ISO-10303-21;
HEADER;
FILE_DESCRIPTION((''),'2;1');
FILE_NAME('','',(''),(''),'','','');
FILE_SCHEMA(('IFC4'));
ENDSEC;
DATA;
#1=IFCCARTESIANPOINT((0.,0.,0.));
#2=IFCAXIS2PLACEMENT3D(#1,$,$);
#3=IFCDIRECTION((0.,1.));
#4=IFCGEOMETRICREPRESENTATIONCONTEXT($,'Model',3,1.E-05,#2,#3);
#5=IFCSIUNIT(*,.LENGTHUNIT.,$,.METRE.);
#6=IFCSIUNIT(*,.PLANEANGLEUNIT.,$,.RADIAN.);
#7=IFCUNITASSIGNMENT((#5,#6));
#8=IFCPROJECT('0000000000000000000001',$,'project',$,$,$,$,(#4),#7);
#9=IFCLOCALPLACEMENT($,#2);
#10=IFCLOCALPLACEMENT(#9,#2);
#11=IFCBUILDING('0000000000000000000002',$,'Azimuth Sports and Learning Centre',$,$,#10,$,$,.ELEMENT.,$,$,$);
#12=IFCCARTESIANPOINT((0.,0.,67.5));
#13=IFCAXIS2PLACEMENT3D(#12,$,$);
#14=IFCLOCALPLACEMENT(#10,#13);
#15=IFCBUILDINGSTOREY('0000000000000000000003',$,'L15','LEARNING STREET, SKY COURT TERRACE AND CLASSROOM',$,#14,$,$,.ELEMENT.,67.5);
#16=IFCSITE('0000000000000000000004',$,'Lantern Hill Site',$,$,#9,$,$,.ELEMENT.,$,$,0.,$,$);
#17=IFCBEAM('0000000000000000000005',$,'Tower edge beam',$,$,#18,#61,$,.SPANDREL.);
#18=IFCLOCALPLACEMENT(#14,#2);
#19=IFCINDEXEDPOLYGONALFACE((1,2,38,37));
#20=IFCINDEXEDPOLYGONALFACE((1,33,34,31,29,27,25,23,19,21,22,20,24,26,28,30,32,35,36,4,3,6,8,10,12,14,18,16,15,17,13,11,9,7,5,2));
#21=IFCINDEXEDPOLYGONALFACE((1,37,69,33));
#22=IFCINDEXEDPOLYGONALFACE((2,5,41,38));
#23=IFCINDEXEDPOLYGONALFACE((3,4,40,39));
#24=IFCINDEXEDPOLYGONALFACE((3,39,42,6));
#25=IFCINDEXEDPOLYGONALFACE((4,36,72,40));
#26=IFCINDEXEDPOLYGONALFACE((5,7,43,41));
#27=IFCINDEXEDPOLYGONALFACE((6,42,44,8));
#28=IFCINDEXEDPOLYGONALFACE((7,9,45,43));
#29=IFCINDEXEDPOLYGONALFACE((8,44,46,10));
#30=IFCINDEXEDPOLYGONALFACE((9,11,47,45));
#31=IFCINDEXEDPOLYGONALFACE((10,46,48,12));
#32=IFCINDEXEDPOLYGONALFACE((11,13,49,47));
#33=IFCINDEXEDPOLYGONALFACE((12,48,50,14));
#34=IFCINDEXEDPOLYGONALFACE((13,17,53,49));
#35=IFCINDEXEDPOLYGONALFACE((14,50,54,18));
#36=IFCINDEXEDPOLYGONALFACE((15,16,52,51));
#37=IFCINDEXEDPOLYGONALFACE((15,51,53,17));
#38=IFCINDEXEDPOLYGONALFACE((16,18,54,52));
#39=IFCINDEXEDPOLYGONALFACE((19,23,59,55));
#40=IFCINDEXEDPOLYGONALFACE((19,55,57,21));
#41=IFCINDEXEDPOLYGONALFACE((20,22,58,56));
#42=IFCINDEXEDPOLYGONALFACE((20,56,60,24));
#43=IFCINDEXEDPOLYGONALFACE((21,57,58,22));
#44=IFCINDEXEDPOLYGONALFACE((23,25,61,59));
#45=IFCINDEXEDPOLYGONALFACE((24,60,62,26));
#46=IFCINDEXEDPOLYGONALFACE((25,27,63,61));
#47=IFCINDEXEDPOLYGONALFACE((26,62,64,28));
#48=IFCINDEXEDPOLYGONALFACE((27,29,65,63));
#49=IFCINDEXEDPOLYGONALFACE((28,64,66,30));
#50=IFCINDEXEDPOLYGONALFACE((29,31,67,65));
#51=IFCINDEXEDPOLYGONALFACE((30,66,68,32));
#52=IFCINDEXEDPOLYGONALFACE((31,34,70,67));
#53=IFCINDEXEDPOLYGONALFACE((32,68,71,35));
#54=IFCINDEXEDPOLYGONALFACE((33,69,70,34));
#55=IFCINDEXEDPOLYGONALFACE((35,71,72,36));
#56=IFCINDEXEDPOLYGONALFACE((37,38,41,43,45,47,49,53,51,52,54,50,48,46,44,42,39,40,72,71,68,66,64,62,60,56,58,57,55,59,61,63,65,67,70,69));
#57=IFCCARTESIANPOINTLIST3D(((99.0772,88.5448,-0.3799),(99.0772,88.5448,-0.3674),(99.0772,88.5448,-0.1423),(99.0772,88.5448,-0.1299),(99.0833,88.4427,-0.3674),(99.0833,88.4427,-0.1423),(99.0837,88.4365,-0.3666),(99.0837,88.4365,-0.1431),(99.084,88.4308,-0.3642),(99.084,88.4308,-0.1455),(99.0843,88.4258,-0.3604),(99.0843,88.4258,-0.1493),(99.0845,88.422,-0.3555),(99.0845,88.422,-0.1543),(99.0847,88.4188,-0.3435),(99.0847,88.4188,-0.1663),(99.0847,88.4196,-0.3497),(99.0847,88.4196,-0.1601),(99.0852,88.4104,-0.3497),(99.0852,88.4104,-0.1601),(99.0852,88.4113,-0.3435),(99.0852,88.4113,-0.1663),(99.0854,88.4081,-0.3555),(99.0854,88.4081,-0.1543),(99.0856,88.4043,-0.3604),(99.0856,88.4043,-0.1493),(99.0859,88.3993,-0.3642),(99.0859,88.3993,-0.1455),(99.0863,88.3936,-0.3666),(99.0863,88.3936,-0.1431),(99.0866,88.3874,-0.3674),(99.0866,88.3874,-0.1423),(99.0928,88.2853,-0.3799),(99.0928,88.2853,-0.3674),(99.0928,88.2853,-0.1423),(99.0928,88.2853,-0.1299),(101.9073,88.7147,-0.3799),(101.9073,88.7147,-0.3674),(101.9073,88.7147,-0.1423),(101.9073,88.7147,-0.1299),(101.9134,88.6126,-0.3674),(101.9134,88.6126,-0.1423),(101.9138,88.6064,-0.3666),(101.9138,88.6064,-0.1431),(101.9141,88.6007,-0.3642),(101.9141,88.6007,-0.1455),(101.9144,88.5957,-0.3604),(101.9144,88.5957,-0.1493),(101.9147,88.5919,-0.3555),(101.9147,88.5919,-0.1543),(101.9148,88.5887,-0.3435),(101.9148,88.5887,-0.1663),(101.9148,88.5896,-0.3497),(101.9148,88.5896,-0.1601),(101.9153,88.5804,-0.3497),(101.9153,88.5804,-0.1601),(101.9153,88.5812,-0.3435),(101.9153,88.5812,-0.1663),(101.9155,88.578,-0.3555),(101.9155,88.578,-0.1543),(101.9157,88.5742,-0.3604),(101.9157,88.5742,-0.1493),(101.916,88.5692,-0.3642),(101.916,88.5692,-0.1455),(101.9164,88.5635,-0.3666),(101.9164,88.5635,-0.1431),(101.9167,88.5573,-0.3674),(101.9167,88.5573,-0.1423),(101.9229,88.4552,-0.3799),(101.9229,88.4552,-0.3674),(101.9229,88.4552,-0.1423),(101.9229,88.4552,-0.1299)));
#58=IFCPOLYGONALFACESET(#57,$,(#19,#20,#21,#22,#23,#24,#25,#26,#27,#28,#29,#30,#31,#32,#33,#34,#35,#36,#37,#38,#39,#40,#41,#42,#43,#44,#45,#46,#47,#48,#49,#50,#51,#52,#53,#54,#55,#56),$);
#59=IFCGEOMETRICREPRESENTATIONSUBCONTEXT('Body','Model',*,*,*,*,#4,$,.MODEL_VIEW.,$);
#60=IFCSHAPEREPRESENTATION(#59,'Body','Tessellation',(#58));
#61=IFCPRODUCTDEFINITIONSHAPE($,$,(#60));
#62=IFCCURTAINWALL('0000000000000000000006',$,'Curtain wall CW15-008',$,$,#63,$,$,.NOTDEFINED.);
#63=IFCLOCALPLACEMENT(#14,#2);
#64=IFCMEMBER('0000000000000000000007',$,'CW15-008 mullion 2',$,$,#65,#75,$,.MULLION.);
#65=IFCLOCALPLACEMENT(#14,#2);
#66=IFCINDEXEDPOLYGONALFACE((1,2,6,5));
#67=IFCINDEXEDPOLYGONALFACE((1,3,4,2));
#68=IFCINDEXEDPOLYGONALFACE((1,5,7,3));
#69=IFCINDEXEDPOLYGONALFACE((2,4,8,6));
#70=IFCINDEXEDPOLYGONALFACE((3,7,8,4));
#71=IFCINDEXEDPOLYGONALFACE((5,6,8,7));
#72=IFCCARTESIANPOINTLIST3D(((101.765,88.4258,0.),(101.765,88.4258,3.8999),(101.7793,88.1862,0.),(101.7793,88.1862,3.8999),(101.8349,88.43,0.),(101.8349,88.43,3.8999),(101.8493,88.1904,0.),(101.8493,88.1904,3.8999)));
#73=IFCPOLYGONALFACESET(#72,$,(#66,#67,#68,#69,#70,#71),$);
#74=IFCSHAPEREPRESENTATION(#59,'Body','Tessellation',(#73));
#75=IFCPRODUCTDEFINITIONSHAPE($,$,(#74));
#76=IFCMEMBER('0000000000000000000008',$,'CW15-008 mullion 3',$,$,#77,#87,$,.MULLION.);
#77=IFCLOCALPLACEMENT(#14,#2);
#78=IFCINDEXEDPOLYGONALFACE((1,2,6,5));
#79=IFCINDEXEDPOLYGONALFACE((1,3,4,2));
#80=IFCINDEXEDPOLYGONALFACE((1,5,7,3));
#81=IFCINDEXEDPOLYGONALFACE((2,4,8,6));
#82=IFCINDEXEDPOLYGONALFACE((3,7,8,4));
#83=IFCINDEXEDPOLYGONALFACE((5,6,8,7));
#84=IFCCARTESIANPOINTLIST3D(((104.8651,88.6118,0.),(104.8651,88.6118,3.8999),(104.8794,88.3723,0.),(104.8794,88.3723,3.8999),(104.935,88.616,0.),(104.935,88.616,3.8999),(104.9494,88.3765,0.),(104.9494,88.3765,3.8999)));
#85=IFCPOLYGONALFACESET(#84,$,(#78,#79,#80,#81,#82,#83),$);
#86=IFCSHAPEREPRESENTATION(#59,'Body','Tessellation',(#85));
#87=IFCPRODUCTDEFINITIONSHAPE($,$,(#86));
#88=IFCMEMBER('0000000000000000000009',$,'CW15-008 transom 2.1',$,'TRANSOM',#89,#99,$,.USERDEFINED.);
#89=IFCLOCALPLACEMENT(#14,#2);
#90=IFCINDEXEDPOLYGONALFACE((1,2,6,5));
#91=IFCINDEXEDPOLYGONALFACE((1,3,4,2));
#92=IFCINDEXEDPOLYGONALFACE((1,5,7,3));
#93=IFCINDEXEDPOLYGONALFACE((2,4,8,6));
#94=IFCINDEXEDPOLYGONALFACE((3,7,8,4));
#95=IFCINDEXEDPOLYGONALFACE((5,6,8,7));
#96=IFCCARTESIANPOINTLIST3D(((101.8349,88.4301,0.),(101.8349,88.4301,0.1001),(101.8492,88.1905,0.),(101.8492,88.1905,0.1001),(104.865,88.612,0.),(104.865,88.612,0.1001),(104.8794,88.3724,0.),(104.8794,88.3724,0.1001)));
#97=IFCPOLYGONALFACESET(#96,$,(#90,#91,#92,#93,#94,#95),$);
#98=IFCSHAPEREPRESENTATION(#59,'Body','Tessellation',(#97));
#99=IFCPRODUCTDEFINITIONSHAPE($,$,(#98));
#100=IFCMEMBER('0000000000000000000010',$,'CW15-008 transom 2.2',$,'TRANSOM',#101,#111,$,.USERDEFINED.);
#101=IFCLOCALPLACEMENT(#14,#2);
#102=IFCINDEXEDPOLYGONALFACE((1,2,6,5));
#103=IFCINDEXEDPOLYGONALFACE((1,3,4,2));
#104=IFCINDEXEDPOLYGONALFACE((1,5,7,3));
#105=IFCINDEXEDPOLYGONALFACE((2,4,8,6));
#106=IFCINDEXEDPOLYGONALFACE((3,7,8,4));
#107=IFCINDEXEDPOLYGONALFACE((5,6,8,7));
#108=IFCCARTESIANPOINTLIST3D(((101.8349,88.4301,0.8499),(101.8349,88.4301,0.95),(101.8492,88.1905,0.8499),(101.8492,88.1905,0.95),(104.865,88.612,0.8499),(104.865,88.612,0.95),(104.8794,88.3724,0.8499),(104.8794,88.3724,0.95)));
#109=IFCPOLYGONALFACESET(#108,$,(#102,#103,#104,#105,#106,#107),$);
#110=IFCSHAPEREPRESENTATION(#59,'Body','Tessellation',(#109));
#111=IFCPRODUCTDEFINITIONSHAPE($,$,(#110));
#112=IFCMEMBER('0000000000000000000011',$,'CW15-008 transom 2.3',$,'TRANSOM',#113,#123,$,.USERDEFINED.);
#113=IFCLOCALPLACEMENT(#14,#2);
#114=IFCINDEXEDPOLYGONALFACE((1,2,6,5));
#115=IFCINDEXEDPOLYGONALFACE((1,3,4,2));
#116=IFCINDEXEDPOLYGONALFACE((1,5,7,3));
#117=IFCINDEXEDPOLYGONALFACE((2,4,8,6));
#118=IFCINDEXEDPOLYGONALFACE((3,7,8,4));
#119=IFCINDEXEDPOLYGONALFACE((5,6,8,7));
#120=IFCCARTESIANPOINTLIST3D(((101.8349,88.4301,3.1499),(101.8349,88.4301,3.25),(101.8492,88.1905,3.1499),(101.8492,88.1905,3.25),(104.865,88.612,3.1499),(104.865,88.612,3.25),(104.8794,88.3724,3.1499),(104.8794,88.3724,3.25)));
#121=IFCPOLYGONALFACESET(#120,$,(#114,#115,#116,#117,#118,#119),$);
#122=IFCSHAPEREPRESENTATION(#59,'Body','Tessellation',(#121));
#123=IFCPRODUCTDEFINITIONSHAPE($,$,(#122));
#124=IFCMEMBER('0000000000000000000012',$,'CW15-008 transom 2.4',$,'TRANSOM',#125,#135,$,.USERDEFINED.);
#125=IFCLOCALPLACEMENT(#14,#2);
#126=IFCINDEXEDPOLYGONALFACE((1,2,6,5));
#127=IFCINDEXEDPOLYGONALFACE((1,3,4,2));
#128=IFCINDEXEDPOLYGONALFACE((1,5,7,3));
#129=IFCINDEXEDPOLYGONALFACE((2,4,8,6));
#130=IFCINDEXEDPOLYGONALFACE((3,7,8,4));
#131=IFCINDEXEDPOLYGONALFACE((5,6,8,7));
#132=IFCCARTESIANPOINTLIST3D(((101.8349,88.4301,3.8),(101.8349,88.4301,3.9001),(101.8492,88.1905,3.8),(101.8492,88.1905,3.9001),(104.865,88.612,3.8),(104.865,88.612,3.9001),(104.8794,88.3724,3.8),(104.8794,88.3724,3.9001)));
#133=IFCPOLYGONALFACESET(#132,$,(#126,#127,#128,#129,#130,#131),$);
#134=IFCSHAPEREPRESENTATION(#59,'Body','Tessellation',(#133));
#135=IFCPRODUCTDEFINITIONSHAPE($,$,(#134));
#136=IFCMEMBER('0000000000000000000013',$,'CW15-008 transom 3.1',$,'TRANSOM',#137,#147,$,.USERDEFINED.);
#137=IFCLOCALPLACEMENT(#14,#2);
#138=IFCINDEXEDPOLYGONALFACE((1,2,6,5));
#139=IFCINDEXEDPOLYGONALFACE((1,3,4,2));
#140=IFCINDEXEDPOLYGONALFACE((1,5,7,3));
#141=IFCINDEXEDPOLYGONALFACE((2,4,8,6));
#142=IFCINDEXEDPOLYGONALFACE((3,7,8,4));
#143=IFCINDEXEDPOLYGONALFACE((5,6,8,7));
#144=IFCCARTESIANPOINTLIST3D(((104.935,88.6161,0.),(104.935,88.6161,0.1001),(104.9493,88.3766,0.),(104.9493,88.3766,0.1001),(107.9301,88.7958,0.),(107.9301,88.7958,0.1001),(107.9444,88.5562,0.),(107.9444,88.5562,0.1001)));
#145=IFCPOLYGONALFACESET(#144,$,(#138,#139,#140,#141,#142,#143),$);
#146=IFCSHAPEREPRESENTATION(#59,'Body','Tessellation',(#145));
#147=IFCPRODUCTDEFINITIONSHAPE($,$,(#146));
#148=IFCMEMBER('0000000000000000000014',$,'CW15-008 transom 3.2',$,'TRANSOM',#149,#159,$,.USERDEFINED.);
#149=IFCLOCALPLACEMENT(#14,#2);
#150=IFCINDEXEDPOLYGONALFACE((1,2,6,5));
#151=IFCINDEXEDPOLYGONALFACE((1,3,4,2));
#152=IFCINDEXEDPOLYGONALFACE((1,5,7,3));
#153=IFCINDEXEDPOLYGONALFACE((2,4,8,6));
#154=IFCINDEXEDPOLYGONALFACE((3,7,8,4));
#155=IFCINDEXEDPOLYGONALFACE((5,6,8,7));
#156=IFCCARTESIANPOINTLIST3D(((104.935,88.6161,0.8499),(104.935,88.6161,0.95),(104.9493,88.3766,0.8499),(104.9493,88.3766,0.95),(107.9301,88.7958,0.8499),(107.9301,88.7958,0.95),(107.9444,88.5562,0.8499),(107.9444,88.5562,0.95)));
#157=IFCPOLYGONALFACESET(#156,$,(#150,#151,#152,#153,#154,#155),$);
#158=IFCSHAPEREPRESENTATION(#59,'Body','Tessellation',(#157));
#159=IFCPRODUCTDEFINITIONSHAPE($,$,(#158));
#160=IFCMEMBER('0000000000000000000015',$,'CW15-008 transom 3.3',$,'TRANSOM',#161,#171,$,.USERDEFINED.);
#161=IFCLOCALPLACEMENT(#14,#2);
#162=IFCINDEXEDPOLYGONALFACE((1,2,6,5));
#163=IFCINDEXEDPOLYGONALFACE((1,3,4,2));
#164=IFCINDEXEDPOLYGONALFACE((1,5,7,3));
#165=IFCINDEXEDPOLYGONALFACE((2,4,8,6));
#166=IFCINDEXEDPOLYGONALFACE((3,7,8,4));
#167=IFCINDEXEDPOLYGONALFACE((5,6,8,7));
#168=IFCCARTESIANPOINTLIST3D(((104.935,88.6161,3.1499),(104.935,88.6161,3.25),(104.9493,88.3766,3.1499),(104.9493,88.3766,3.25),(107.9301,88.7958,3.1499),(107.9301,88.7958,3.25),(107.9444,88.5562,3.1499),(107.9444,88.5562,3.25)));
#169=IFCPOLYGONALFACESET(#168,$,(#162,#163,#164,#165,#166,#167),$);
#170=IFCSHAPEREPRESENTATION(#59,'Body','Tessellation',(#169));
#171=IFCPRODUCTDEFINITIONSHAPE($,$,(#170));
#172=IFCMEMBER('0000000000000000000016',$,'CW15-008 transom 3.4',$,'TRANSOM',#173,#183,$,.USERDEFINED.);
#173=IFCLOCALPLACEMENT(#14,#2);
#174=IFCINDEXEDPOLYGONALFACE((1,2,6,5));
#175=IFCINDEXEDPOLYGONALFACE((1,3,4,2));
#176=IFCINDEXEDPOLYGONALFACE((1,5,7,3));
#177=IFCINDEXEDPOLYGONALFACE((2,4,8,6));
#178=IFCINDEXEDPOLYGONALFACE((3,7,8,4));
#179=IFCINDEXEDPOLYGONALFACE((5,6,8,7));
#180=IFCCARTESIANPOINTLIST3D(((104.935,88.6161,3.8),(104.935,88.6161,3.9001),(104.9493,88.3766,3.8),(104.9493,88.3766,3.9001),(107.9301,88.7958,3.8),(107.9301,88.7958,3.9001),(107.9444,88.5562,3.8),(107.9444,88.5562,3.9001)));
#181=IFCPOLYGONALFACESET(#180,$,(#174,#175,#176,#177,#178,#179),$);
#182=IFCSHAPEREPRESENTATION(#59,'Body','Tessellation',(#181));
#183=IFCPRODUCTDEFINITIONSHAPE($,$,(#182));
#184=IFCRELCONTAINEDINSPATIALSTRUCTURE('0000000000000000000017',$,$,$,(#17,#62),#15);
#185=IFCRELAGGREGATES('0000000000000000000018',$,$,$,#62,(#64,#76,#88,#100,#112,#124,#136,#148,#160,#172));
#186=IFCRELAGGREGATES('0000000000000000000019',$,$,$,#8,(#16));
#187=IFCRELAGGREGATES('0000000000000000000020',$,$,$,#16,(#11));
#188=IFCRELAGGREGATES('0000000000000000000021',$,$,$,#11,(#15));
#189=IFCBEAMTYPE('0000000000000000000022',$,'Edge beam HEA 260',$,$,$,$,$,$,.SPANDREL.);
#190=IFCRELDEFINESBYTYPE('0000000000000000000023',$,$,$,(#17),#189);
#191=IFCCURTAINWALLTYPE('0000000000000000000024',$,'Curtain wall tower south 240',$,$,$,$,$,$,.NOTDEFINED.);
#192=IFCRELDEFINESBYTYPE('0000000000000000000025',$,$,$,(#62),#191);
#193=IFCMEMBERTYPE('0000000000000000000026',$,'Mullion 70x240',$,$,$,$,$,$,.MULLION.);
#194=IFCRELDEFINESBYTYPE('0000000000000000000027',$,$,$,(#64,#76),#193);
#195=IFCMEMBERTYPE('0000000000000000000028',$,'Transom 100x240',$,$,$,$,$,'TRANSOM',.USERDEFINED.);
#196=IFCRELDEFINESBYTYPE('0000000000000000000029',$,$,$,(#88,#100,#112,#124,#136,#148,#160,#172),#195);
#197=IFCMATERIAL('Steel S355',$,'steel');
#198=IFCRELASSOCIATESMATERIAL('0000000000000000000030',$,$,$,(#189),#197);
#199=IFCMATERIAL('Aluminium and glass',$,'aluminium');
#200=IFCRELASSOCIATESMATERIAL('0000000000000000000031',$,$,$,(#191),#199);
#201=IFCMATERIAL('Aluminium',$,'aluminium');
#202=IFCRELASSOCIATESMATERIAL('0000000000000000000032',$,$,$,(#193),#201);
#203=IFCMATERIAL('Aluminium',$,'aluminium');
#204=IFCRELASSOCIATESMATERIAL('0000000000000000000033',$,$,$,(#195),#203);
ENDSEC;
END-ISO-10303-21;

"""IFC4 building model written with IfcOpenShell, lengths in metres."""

from ifc_helpers import new_model, si_unit, direction, frame, origin, origin_2d, place, context, subcontext, project, spatial, rectangle, i_section, extrude, material, material_profile, profile_set, type_object, element, aggregate, save


model = new_model("IFC4")

# Units and contexts
model_context = context("Model", 3, precision=1e-05, world=origin(), true_north=direction((0.0, 1.0)))
body_context = subcontext(model_context, "Body", "Model", "MODEL_VIEW")
ifc_project = project(units=[si_unit("LENGTHUNIT", "METRE"), si_unit("PLANEANGLEUNIT", "RADIAN")], contexts=[model_context])

# Site, building, storey
site_placement = place(None, origin())
site = spatial("IfcSite", under=ifc_project, at=site_placement, Name="Lantern Hill Site", CompositionType="ELEMENT", RefElevation=0.0)
building_placement = place(site_placement, origin())
building = spatial("IfcBuilding", under=site, at=building_placement, Name="Azimuth Sports and Learning Centre", CompositionType="ELEMENT")
storey_placement = place(building_placement, frame((0.0, 0.0, 67.5)))
storey = spatial("IfcBuildingStorey", under=building, at=storey_placement, Name="L15", Description="LEARNING STREET, SKY COURT TERRACE AND CLASSROOM", CompositionType="ELEMENT", Elevation=67.5)

# Beam
ifc_material_1 = material(Name="Steel S355", Category="steel")
ifc_material_profile_1 = material_profile(ifc_material_1, i_section(OverallWidth=0.26, OverallDepth=0.25, WebThickness=0.0076, FlangeThickness=0.0125, FilletRadius=0.0239, at=origin_2d()), Name="HEA 260")
ifc_profile_set_1 = profile_set([ifc_material_profile_1], Name="Steel S355")
beam_type = type_object("IfcBeamType", Name="Edge beam HEA 260", PredefinedType="SPANDREL", material=ifc_profile_set_1)
beam_placement = place(storey_placement, frame((99.085, 88.415, -0.2549), z_axis=(0.998202, 0.059933, 0.0), x_axis=(-0.059933, 0.998202, 0.0)))
element("IfcBeam", 1, at=beam_placement, inside=storey, type_object=beam_type, Name="Tower edge beam", PredefinedType="SPANDREL", context=body_context, shape_type="SweptSolid", body=[
    extrude(i_section(OverallWidth=0.26, OverallDepth=0.25, WebThickness=0.0076, FlangeThickness=0.0125, FilletRadius=0.0239, at=origin_2d()), origin(), (0.0, 0.0, 1.0), 2.8352),
])

# Curtain wall, members
ifc_material_2 = material(Name="Aluminium and glass", Category="aluminium")
curtain_wall_type = type_object("IfcCurtainWallType", Name="Curtain wall tower south 240", PredefinedType="NOTDEFINED", material=ifc_material_2)
curtain_wall_placement = place(storey_placement, origin())
curtain_wall = element("IfcCurtainWall", 2, at=curtain_wall_placement, inside=storey, type_object=curtain_wall_type, Name="Curtain wall CW15-008", PredefinedType="NOTDEFINED")
ifc_material_3 = material(Name="Aluminium", Category="aluminium")
ifc_material_profile_2 = material_profile(ifc_material_3, rectangle(XDim=0.24, YDim=0.0701, at=origin_2d()), Name="Mullion 70x240")
ifc_profile_set_2 = profile_set([ifc_material_profile_2], Name="Aluminium")
member_type_1 = type_object("IfcMemberType", Name="Mullion 70x240", PredefinedType="MULLION", material=ifc_profile_set_2)
member_1_placement = place(storey_placement, frame((101.8071, 88.3081, 0.0), z_axis=(0.0, 0.0, 1.0), x_axis=(-0.059892, 0.998205, 0.0)))
member_1 = element("IfcMember", 3, at=member_1_placement, type_object=member_type_1, Name="CW15-008 mullion 2", PredefinedType="MULLION", context=body_context, shape_type="SweptSolid", body=[
    extrude(rectangle(XDim=0.24, YDim=0.0701, at=origin_2d()), origin(), (0.0, 0.0, 1.0), 3.8999),
])
member_2_placement = place(storey_placement, frame((104.9072, 88.4941, 0.0), z_axis=(0.0, 0.0, 1.0), x_axis=(-0.059892, 0.998205, 0.0)))
member_2 = element("IfcMember", 4, at=member_2_placement, type_object=member_type_1, Name="CW15-008 mullion 3", PredefinedType="MULLION", context=body_context, shape_type="SweptSolid", body=[
    extrude(rectangle(XDim=0.24, YDim=0.0701, at=origin_2d()), origin(), (0.0, 0.0, 1.0), 3.8999),
])
ifc_material_4 = material(Name="Aluminium", Category="aluminium")
ifc_material_profile_3 = material_profile(ifc_material_4, rectangle(XDim=0.24, YDim=0.1001, at=origin_2d()), Name="Transom 100x240")
ifc_profile_set_3 = profile_set([ifc_material_profile_3], Name="Aluminium")
member_type_2 = type_object("IfcMemberType", Name="Transom 100x240", ElementType="TRANSOM", PredefinedType="USERDEFINED", material=ifc_profile_set_3)
member_3_placement = place(storey_placement, frame((101.842, 88.3103, 0.05), z_axis=(0.998203, 0.059915, 0.0), x_axis=(-0.059915, 0.998203, 0.0)))
member_3 = element("IfcMember", 5, at=member_3_placement, type_object=member_type_2, Name="CW15-008 transom 2.1", ObjectType="TRANSOM", PredefinedType="USERDEFINED", context=body_context, shape_type="SweptSolid", body=[
    extrude(rectangle(XDim=0.24, YDim=0.1001, at=origin_2d()), origin(), (0.0, 0.0, 1.0), 3.0356),
])
member_4_placement = place(storey_placement, frame((101.842, 88.3103, 0.8999), z_axis=(0.998203, 0.059915, 0.0), x_axis=(-0.059915, 0.998203, 0.0)))
member_4 = element("IfcMember", 6, at=member_4_placement, type_object=member_type_2, Name="CW15-008 transom 2.2", ObjectType="TRANSOM", PredefinedType="USERDEFINED", context=body_context, shape_type="SweptSolid", body=[
    extrude(rectangle(XDim=0.24, YDim=0.1001, at=origin_2d()), origin(), (0.0, 0.0, 1.0), 3.0356),
])
member_5_placement = place(storey_placement, frame((101.842, 88.3103, 3.2), z_axis=(0.998203, 0.059915, 0.0), x_axis=(-0.059915, 0.998203, 0.0)))
member_5 = element("IfcMember", 7, at=member_5_placement, type_object=member_type_2, Name="CW15-008 transom 2.3", ObjectType="TRANSOM", PredefinedType="USERDEFINED", context=body_context, shape_type="SweptSolid", body=[
    extrude(rectangle(XDim=0.24, YDim=0.1001, at=origin_2d()), origin(), (0.0, 0.0, 1.0), 3.0356),
])
member_6_placement = place(storey_placement, frame((101.842, 88.3103, 3.8501), z_axis=(0.998203, 0.059915, 0.0), x_axis=(-0.059915, 0.998203, 0.0)))
member_6 = element("IfcMember", 8, at=member_6_placement, type_object=member_type_2, Name="CW15-008 transom 2.4", ObjectType="TRANSOM", PredefinedType="USERDEFINED", context=body_context, shape_type="SweptSolid", body=[
    extrude(rectangle(XDim=0.24, YDim=0.1001, at=origin_2d()), origin(), (0.0, 0.0, 1.0), 3.0356),
])
member_7_placement = place(storey_placement, frame((104.9421, 88.4963, 0.05), z_axis=(0.998205, 0.059886, 0.0), x_axis=(-0.059886, 0.998205, 0.0)))
member_7 = element("IfcMember", 9, at=member_7_placement, type_object=member_type_2, Name="CW15-008 transom 3.1", ObjectType="TRANSOM", PredefinedType="USERDEFINED", context=body_context, shape_type="SweptSolid", body=[
    extrude(rectangle(XDim=0.24, YDim=0.1001, at=origin_2d()), origin(), (0.0, 0.0, 1.0), 3.0005),
])
member_8_placement = place(storey_placement, frame((104.9421, 88.4963, 0.8999), z_axis=(0.998205, 0.059886, 0.0), x_axis=(-0.059886, 0.998205, 0.0)))
member_8 = element("IfcMember", 10, at=member_8_placement, type_object=member_type_2, Name="CW15-008 transom 3.2", ObjectType="TRANSOM", PredefinedType="USERDEFINED", context=body_context, shape_type="SweptSolid", body=[
    extrude(rectangle(XDim=0.24, YDim=0.1001, at=origin_2d()), origin(), (0.0, 0.0, 1.0), 3.0005),
])
member_9_placement = place(storey_placement, frame((104.9421, 88.4963, 3.2), z_axis=(0.998205, 0.059886, 0.0), x_axis=(-0.059886, 0.998205, 0.0)))
member_9 = element("IfcMember", 11, at=member_9_placement, type_object=member_type_2, Name="CW15-008 transom 3.3", ObjectType="TRANSOM", PredefinedType="USERDEFINED", context=body_context, shape_type="SweptSolid", body=[
    extrude(rectangle(XDim=0.24, YDim=0.1001, at=origin_2d()), origin(), (0.0, 0.0, 1.0), 3.0005),
])
member_10_placement = place(storey_placement, frame((104.9421, 88.4963, 3.8501), z_axis=(0.998205, 0.059886, 0.0), x_axis=(-0.059886, 0.998205, 0.0)))
member_10 = element("IfcMember", 12, at=member_10_placement, type_object=member_type_2, Name="CW15-008 transom 3.4", ObjectType="TRANSOM", PredefinedType="USERDEFINED", context=body_context, shape_type="SweptSolid", body=[
    extrude(rectangle(XDim=0.24, YDim=0.1001, at=origin_2d()), origin(), (0.0, 0.0, 1.0), 3.0005),
])
aggregate(curtain_wall, [member_1, member_2, member_3, member_4, member_5, member_6, member_7, member_8, member_9, member_10])

save(model, "model.ifc")
